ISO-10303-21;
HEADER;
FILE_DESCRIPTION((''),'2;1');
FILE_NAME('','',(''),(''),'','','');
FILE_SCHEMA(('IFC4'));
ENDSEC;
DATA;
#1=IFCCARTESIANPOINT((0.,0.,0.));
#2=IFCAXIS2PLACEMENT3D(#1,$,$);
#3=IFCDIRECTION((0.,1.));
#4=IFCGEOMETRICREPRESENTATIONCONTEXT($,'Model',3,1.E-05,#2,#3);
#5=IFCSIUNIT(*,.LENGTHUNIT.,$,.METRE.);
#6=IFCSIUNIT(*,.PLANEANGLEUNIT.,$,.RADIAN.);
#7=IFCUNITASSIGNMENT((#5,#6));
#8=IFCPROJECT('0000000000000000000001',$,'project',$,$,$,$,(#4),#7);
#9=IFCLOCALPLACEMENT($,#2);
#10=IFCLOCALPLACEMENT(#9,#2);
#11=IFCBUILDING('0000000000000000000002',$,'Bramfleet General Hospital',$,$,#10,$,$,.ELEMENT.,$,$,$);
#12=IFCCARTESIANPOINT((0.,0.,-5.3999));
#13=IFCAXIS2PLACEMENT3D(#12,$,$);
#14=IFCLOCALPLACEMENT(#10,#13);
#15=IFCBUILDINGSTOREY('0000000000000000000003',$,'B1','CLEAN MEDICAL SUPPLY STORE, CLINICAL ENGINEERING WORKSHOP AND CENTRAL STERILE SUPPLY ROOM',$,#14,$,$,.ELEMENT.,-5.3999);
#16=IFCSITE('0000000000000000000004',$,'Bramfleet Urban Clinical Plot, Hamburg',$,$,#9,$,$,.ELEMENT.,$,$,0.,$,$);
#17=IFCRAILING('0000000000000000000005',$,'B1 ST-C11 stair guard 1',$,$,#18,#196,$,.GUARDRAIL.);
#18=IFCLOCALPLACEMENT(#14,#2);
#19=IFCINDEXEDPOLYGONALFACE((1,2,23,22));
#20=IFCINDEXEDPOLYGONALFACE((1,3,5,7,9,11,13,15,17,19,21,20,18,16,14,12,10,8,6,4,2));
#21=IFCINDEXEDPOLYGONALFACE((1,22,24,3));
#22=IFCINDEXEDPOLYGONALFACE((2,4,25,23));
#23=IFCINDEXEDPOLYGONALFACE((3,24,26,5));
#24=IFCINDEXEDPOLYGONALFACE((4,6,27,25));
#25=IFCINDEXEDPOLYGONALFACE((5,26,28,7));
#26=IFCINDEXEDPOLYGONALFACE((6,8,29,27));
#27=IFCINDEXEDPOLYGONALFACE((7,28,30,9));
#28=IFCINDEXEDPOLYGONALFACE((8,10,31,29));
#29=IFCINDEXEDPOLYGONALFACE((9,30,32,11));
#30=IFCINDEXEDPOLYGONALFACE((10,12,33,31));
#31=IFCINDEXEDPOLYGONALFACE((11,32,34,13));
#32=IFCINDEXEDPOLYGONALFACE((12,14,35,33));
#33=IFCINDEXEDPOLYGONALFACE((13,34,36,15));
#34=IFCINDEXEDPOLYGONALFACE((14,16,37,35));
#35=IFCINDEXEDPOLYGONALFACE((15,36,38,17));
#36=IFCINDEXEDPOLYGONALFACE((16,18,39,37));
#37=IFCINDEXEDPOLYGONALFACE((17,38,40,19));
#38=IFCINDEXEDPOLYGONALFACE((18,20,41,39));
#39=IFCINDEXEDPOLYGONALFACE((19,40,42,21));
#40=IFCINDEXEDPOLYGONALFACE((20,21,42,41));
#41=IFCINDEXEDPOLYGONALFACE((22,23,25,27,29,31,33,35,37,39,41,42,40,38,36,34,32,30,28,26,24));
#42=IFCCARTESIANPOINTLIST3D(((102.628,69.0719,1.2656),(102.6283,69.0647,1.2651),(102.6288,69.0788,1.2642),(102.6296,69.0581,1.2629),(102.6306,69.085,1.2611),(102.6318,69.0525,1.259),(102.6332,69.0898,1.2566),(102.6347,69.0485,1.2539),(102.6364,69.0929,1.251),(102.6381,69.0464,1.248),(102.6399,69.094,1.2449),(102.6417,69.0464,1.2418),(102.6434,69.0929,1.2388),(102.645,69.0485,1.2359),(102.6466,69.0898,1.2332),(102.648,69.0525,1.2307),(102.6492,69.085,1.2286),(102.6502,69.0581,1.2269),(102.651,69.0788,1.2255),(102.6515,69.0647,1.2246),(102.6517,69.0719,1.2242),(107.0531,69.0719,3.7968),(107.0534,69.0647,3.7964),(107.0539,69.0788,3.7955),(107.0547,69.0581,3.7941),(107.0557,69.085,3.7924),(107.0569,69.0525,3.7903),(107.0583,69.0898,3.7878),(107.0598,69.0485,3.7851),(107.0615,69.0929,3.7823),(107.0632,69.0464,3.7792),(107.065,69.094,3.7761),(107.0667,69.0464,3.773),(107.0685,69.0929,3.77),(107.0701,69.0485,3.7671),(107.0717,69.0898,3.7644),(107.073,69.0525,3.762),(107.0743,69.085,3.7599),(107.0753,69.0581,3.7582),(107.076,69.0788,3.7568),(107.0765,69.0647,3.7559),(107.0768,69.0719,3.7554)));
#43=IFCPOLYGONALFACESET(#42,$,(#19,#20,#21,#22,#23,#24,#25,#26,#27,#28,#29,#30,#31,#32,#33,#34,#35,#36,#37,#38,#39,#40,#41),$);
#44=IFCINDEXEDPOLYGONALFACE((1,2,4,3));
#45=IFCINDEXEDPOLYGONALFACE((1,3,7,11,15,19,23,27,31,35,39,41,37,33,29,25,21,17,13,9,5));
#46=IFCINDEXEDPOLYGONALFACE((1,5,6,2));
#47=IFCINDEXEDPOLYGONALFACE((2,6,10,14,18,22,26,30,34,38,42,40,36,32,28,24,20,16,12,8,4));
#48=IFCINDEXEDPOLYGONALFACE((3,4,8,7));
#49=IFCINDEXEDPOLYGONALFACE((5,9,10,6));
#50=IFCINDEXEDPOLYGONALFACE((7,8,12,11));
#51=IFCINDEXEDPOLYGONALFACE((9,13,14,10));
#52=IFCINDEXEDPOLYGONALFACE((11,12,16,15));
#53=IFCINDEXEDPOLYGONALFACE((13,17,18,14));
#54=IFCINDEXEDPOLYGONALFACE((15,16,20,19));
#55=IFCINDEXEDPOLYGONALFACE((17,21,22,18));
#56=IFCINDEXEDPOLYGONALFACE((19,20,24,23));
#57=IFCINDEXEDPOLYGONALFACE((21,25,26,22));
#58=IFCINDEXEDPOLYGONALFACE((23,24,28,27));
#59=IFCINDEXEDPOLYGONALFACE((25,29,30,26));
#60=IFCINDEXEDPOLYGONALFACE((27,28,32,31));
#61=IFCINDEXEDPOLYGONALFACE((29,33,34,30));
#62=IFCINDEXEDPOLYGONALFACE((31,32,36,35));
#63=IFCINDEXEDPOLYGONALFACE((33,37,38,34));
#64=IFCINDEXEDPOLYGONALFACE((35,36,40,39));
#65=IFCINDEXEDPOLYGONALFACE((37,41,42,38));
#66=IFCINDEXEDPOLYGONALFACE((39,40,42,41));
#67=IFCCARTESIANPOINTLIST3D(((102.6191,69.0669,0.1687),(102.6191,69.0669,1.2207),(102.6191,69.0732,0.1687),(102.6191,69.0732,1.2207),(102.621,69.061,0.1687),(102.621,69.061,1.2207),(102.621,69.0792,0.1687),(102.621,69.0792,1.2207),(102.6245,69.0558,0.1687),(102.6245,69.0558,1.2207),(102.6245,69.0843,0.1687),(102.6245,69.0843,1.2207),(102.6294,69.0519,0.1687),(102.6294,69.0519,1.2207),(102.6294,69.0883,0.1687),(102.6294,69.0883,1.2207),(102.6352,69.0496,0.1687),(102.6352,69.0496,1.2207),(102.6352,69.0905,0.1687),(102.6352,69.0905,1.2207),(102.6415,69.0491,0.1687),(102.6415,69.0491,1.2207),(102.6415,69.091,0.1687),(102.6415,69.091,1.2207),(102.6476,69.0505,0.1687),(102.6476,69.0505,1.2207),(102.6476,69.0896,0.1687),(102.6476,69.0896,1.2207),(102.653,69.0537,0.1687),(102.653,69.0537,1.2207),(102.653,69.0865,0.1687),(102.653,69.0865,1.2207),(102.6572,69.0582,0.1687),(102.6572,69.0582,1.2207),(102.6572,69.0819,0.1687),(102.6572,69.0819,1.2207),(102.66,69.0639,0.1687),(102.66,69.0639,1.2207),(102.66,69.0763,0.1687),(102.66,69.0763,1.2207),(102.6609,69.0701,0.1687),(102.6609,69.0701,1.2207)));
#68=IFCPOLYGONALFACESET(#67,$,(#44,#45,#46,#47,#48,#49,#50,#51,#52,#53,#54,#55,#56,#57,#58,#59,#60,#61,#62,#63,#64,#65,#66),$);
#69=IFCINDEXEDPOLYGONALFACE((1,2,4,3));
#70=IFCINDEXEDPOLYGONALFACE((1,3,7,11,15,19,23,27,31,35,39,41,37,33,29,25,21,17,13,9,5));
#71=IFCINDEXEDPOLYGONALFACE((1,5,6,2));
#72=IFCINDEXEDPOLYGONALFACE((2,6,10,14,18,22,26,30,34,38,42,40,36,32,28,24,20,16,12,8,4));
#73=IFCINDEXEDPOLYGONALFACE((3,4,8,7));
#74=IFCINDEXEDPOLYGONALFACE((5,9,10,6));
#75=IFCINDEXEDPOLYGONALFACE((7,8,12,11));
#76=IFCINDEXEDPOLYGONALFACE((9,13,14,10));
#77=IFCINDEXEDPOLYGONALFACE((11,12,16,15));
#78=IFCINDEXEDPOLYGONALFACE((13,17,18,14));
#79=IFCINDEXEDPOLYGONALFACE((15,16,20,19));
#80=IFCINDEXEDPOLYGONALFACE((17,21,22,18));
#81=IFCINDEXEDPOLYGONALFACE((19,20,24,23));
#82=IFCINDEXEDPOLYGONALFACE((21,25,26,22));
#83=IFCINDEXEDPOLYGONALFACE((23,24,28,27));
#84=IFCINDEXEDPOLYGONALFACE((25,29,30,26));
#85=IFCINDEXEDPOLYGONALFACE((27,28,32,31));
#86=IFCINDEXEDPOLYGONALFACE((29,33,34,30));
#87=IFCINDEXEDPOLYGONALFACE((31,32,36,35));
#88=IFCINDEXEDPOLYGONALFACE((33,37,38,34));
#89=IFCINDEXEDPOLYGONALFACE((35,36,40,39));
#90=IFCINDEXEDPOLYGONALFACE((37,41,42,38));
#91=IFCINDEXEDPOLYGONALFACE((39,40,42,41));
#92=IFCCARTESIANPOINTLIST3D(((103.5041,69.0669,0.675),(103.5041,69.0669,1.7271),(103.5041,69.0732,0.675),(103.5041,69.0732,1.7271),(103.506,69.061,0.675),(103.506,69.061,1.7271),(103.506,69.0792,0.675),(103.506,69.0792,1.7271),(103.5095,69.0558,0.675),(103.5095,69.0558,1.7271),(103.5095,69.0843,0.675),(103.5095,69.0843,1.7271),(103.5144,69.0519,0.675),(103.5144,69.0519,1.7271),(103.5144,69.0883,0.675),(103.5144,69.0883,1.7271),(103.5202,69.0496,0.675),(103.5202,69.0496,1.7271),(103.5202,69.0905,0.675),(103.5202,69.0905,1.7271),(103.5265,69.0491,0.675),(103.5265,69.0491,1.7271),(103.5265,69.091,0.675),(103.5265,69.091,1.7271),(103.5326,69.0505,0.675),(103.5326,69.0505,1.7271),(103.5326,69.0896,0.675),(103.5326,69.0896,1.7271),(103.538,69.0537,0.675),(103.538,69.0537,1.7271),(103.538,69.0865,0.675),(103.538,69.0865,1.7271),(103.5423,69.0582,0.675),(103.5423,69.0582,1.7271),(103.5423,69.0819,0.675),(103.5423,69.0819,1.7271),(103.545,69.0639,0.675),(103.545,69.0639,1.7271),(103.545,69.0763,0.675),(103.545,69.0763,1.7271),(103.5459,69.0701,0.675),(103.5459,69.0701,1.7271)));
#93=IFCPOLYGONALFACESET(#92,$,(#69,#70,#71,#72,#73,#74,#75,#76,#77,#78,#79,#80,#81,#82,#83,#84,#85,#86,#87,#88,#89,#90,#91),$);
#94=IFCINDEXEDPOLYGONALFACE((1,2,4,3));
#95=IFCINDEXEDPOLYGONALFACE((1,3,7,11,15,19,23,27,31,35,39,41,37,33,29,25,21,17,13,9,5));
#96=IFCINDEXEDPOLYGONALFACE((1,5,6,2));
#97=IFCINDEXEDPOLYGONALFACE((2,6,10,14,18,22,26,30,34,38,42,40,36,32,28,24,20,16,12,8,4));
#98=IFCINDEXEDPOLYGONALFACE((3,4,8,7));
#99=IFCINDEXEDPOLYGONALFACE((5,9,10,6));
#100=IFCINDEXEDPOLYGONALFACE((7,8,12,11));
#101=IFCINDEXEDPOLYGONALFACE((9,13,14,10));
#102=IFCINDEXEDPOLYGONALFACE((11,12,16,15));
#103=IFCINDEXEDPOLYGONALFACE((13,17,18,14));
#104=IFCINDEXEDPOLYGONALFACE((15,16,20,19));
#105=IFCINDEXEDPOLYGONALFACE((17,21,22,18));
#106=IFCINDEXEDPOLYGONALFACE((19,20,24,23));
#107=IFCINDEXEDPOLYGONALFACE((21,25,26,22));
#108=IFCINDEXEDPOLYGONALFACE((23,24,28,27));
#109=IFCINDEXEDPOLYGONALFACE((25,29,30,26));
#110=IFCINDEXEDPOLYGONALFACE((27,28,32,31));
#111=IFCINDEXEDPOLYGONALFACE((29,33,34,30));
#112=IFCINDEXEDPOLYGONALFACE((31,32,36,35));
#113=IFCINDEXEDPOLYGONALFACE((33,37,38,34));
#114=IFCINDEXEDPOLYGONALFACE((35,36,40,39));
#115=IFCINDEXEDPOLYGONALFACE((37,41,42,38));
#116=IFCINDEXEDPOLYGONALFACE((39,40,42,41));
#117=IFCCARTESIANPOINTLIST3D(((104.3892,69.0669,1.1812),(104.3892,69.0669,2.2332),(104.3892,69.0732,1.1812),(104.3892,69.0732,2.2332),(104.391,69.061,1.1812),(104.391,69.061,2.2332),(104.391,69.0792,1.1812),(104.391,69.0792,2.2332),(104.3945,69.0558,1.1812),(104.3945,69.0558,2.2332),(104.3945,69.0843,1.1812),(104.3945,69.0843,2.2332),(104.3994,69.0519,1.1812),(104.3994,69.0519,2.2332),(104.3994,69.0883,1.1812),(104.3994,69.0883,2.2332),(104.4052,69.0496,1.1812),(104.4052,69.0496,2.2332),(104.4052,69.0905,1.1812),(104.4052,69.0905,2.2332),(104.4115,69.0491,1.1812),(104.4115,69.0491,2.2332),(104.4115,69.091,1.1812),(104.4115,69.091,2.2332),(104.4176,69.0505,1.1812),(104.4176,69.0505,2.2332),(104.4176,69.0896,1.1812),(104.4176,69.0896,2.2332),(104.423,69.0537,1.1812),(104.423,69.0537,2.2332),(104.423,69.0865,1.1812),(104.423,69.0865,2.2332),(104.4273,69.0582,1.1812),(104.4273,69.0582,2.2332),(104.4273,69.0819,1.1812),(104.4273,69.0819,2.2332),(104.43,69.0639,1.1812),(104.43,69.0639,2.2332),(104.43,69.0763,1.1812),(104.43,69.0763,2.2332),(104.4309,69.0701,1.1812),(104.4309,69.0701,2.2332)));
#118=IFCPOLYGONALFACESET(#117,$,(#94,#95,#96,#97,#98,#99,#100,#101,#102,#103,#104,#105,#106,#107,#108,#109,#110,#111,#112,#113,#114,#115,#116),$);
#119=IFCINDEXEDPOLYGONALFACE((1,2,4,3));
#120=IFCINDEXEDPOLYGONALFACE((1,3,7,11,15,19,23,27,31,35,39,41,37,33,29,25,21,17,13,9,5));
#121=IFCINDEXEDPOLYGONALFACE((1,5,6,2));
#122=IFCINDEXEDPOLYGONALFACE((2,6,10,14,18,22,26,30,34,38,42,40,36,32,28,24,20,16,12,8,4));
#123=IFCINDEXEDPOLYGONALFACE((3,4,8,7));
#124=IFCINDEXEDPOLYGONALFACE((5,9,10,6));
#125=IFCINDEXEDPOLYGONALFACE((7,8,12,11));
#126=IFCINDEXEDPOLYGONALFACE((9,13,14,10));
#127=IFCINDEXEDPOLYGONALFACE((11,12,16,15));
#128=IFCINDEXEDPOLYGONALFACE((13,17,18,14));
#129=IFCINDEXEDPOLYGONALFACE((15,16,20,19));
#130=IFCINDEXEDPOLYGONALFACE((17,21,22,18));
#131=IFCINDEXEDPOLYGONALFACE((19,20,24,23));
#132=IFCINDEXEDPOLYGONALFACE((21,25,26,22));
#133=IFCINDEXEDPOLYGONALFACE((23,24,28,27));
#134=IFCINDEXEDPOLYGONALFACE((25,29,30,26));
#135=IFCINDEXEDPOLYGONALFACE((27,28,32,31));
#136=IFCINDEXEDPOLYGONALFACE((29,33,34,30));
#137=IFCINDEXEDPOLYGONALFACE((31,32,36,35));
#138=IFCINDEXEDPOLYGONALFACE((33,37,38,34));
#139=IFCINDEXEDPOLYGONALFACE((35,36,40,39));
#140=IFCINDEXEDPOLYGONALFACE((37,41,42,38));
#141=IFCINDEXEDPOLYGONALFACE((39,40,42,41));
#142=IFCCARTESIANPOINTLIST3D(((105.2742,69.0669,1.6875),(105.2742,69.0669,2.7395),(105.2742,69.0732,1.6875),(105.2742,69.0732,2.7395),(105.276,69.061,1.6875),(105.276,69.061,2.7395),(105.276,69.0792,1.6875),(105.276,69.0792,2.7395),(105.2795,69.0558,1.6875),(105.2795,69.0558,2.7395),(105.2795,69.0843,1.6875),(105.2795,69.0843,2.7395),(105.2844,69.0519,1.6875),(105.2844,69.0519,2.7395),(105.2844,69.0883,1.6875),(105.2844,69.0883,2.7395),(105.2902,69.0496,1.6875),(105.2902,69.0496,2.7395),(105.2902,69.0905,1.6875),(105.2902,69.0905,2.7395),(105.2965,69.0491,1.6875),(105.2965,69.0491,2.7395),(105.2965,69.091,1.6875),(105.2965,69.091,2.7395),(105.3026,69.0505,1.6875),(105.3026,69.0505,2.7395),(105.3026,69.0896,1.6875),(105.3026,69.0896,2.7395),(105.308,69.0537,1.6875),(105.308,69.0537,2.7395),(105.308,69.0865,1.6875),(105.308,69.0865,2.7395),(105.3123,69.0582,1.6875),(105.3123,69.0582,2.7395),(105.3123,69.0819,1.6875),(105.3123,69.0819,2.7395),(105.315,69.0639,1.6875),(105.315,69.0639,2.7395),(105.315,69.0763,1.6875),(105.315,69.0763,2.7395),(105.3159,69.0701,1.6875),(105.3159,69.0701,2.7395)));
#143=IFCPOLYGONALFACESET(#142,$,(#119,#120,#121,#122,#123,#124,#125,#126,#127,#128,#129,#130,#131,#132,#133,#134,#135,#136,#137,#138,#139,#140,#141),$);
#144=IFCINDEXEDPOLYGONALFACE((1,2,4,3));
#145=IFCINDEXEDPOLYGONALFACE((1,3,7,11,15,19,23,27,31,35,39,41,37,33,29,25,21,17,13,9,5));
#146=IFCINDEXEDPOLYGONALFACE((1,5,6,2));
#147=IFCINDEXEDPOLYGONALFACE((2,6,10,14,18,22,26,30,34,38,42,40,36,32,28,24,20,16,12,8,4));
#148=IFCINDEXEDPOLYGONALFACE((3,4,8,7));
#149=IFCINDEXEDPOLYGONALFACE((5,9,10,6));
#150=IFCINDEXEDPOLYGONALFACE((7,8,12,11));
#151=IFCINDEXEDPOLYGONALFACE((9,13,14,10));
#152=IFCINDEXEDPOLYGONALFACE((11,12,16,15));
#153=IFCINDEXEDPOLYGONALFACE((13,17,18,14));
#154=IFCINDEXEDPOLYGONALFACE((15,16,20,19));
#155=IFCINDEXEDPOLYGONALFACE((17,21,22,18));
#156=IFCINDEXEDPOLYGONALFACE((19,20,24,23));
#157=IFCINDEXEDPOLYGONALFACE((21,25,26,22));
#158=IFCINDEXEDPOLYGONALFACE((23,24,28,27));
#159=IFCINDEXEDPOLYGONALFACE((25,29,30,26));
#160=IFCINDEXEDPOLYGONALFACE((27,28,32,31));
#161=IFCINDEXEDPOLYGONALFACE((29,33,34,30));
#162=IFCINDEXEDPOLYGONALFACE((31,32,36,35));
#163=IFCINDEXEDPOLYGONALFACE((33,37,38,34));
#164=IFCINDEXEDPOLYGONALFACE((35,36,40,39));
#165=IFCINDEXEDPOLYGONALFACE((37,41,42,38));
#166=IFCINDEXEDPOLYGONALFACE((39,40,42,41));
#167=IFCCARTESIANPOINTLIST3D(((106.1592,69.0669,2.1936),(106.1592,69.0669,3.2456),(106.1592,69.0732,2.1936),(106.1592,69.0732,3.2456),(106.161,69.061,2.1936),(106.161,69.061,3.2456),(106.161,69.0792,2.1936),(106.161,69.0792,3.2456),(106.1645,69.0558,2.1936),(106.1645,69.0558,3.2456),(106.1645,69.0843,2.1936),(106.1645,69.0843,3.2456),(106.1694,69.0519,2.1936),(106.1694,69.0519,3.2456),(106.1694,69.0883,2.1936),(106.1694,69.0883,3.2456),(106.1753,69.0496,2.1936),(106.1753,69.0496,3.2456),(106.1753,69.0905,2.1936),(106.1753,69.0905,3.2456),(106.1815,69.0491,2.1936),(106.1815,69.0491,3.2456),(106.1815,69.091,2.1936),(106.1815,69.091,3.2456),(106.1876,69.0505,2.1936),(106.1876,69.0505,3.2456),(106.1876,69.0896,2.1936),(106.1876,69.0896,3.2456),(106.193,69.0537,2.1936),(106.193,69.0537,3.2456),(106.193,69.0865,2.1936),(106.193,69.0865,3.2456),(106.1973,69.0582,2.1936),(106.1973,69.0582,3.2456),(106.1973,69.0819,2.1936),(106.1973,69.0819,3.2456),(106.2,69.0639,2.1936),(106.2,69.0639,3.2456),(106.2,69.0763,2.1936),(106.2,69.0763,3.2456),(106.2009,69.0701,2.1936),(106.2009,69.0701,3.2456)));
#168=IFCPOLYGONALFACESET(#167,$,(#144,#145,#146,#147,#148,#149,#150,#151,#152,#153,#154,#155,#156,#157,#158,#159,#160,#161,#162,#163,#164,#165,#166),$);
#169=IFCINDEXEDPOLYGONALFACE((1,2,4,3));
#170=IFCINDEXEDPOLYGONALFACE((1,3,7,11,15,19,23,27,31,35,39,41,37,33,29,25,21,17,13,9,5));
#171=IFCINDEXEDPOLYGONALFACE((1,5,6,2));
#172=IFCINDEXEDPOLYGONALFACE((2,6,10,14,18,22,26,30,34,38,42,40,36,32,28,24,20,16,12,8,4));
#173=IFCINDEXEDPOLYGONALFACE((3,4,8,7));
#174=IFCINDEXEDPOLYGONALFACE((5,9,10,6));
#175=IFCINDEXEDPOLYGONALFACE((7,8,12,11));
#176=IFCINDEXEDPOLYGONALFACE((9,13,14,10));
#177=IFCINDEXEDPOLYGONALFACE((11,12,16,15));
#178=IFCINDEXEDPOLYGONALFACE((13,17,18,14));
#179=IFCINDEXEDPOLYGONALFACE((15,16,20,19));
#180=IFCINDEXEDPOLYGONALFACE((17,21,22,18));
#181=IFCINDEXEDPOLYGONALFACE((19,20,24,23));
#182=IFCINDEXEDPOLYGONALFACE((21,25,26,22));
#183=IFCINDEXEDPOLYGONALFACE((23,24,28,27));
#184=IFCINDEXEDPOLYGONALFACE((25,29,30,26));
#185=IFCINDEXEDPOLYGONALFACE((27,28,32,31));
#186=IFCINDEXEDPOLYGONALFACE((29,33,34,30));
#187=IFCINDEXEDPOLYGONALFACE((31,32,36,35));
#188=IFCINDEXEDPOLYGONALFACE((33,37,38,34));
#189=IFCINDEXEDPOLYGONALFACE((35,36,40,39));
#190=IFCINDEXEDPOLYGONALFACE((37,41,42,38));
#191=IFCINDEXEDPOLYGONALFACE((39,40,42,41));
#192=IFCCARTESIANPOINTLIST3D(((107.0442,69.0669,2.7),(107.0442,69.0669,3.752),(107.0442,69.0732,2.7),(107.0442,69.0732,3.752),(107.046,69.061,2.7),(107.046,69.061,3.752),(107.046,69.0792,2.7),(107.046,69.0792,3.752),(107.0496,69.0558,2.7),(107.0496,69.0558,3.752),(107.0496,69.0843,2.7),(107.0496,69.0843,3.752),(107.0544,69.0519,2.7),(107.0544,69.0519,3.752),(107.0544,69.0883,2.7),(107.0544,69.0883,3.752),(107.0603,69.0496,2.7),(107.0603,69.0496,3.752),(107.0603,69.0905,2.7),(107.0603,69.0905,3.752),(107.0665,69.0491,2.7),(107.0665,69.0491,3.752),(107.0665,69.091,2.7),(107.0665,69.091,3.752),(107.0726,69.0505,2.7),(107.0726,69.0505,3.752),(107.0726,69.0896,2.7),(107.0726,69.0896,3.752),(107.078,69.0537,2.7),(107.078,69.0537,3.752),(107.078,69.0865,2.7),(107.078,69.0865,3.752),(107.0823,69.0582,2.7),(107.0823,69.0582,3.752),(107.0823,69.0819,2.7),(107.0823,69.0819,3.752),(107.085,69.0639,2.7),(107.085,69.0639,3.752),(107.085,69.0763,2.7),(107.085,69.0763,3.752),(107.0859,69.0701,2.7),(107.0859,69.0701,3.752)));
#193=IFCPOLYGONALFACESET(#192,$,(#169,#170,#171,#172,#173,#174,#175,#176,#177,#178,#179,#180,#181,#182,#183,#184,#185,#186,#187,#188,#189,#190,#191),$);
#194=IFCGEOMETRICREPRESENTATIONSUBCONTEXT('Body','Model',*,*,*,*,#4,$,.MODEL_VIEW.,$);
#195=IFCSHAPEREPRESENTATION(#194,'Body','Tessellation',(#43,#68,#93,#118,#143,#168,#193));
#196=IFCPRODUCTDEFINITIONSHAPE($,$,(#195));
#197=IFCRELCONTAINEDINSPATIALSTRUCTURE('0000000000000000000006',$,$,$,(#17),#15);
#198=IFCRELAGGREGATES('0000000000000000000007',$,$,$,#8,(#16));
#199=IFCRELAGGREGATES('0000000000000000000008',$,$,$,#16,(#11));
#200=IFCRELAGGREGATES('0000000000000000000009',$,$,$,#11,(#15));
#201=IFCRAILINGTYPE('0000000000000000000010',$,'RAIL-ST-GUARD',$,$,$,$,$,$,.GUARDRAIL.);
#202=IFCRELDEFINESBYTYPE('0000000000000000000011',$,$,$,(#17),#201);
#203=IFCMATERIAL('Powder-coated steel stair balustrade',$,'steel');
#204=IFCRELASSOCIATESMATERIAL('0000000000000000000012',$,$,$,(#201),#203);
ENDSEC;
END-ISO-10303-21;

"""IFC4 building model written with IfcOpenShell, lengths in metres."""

from ifc_helpers import new_model, si_unit, direction, frame, origin, origin_2d, place, context, subcontext, project, spatial, circle, extrude, material, type_object, element, save


model = new_model("IFC4")

# Units and contexts
model_context = context("Model", 3, precision=1e-05, world=origin(), true_north=direction((0.0, 1.0)))
body_context = subcontext(model_context, "Body", "Model", "MODEL_VIEW")
ifc_project = project(units=[si_unit("LENGTHUNIT", "METRE"), si_unit("PLANEANGLEUNIT", "RADIAN")], contexts=[model_context])

# Site, building, storey
site_placement = place(None, origin())
site = spatial("IfcSite", under=ifc_project, at=site_placement, Name="Bramfleet Urban Clinical Plot, Hamburg", CompositionType="ELEMENT", RefElevation=0.0)
building_placement = place(site_placement, origin())
building = spatial("IfcBuilding", under=site, at=building_placement, Name="Bramfleet General Hospital", CompositionType="ELEMENT")
storey_placement = place(building_placement, frame((0.0, 0.0, -5.3999)))
storey = spatial("IfcBuildingStorey", under=building, at=storey_placement, Name="B1", Description="CLEAN MEDICAL SUPPLY STORE, CLINICAL ENGINEERING WORKSHOP AND CENTRAL STERILE SUPPLY ROOM", CompositionType="ELEMENT", Elevation=-5.3999)

# Railing
ifc_material_1 = material(Name="Powder-coated steel stair balustrade", Category="steel")
railing_type_1 = type_object("IfcRailingType", Name="RAIL-ST-GUARD", PredefinedType="GUARDRAIL", material=ifc_material_1)
railing_1_placement = place(storey_placement, frame((102.6399, 69.0701, 0.1687)))
element("IfcRailing", 1, at=railing_1_placement, inside=storey, type_object=railing_type_1, Name="B1 ST-C11 stair guard 1", PredefinedType="GUARDRAIL", context=body_context, shape_type="SweptSolid", body=[
    extrude(circle(Radius=0.0239, at=origin_2d()), frame((0.0, 0.0, 1.0762), z_axis=(0.868019, 0.0, 0.496531), x_axis=(0.0, 1.0, 0.0)), (0.0, 0.0, 1.0), 5.0979),
    extrude(circle(Radius=0.021, at=origin_2d()), origin(), (0.0, 0.0, 1.0), 1.052),
    extrude(circle(Radius=0.021, at=origin_2d()), frame((0.885, 0.0, 0.5063)), (0.0, 0.0, 1.0), 1.052),
    extrude(circle(Radius=0.021, at=origin_2d()), frame((1.77, 0.0, 1.0125)), (0.0, 0.0, 1.0), 1.052),
    extrude(circle(Radius=0.021, at=origin_2d()), frame((2.655, 0.0, 1.5188)), (0.0, 0.0, 1.0), 1.052),
    extrude(circle(Radius=0.021, at=origin_2d()), frame((3.54, 0.0, 2.0249)), (0.0, 0.0, 1.0), 1.052),
    extrude(circle(Radius=0.021, at=origin_2d()), frame((4.425, 0.0, 2.5312)), (0.0, 0.0, 1.0), 1.052),
])

save(model, "model.ifc")
